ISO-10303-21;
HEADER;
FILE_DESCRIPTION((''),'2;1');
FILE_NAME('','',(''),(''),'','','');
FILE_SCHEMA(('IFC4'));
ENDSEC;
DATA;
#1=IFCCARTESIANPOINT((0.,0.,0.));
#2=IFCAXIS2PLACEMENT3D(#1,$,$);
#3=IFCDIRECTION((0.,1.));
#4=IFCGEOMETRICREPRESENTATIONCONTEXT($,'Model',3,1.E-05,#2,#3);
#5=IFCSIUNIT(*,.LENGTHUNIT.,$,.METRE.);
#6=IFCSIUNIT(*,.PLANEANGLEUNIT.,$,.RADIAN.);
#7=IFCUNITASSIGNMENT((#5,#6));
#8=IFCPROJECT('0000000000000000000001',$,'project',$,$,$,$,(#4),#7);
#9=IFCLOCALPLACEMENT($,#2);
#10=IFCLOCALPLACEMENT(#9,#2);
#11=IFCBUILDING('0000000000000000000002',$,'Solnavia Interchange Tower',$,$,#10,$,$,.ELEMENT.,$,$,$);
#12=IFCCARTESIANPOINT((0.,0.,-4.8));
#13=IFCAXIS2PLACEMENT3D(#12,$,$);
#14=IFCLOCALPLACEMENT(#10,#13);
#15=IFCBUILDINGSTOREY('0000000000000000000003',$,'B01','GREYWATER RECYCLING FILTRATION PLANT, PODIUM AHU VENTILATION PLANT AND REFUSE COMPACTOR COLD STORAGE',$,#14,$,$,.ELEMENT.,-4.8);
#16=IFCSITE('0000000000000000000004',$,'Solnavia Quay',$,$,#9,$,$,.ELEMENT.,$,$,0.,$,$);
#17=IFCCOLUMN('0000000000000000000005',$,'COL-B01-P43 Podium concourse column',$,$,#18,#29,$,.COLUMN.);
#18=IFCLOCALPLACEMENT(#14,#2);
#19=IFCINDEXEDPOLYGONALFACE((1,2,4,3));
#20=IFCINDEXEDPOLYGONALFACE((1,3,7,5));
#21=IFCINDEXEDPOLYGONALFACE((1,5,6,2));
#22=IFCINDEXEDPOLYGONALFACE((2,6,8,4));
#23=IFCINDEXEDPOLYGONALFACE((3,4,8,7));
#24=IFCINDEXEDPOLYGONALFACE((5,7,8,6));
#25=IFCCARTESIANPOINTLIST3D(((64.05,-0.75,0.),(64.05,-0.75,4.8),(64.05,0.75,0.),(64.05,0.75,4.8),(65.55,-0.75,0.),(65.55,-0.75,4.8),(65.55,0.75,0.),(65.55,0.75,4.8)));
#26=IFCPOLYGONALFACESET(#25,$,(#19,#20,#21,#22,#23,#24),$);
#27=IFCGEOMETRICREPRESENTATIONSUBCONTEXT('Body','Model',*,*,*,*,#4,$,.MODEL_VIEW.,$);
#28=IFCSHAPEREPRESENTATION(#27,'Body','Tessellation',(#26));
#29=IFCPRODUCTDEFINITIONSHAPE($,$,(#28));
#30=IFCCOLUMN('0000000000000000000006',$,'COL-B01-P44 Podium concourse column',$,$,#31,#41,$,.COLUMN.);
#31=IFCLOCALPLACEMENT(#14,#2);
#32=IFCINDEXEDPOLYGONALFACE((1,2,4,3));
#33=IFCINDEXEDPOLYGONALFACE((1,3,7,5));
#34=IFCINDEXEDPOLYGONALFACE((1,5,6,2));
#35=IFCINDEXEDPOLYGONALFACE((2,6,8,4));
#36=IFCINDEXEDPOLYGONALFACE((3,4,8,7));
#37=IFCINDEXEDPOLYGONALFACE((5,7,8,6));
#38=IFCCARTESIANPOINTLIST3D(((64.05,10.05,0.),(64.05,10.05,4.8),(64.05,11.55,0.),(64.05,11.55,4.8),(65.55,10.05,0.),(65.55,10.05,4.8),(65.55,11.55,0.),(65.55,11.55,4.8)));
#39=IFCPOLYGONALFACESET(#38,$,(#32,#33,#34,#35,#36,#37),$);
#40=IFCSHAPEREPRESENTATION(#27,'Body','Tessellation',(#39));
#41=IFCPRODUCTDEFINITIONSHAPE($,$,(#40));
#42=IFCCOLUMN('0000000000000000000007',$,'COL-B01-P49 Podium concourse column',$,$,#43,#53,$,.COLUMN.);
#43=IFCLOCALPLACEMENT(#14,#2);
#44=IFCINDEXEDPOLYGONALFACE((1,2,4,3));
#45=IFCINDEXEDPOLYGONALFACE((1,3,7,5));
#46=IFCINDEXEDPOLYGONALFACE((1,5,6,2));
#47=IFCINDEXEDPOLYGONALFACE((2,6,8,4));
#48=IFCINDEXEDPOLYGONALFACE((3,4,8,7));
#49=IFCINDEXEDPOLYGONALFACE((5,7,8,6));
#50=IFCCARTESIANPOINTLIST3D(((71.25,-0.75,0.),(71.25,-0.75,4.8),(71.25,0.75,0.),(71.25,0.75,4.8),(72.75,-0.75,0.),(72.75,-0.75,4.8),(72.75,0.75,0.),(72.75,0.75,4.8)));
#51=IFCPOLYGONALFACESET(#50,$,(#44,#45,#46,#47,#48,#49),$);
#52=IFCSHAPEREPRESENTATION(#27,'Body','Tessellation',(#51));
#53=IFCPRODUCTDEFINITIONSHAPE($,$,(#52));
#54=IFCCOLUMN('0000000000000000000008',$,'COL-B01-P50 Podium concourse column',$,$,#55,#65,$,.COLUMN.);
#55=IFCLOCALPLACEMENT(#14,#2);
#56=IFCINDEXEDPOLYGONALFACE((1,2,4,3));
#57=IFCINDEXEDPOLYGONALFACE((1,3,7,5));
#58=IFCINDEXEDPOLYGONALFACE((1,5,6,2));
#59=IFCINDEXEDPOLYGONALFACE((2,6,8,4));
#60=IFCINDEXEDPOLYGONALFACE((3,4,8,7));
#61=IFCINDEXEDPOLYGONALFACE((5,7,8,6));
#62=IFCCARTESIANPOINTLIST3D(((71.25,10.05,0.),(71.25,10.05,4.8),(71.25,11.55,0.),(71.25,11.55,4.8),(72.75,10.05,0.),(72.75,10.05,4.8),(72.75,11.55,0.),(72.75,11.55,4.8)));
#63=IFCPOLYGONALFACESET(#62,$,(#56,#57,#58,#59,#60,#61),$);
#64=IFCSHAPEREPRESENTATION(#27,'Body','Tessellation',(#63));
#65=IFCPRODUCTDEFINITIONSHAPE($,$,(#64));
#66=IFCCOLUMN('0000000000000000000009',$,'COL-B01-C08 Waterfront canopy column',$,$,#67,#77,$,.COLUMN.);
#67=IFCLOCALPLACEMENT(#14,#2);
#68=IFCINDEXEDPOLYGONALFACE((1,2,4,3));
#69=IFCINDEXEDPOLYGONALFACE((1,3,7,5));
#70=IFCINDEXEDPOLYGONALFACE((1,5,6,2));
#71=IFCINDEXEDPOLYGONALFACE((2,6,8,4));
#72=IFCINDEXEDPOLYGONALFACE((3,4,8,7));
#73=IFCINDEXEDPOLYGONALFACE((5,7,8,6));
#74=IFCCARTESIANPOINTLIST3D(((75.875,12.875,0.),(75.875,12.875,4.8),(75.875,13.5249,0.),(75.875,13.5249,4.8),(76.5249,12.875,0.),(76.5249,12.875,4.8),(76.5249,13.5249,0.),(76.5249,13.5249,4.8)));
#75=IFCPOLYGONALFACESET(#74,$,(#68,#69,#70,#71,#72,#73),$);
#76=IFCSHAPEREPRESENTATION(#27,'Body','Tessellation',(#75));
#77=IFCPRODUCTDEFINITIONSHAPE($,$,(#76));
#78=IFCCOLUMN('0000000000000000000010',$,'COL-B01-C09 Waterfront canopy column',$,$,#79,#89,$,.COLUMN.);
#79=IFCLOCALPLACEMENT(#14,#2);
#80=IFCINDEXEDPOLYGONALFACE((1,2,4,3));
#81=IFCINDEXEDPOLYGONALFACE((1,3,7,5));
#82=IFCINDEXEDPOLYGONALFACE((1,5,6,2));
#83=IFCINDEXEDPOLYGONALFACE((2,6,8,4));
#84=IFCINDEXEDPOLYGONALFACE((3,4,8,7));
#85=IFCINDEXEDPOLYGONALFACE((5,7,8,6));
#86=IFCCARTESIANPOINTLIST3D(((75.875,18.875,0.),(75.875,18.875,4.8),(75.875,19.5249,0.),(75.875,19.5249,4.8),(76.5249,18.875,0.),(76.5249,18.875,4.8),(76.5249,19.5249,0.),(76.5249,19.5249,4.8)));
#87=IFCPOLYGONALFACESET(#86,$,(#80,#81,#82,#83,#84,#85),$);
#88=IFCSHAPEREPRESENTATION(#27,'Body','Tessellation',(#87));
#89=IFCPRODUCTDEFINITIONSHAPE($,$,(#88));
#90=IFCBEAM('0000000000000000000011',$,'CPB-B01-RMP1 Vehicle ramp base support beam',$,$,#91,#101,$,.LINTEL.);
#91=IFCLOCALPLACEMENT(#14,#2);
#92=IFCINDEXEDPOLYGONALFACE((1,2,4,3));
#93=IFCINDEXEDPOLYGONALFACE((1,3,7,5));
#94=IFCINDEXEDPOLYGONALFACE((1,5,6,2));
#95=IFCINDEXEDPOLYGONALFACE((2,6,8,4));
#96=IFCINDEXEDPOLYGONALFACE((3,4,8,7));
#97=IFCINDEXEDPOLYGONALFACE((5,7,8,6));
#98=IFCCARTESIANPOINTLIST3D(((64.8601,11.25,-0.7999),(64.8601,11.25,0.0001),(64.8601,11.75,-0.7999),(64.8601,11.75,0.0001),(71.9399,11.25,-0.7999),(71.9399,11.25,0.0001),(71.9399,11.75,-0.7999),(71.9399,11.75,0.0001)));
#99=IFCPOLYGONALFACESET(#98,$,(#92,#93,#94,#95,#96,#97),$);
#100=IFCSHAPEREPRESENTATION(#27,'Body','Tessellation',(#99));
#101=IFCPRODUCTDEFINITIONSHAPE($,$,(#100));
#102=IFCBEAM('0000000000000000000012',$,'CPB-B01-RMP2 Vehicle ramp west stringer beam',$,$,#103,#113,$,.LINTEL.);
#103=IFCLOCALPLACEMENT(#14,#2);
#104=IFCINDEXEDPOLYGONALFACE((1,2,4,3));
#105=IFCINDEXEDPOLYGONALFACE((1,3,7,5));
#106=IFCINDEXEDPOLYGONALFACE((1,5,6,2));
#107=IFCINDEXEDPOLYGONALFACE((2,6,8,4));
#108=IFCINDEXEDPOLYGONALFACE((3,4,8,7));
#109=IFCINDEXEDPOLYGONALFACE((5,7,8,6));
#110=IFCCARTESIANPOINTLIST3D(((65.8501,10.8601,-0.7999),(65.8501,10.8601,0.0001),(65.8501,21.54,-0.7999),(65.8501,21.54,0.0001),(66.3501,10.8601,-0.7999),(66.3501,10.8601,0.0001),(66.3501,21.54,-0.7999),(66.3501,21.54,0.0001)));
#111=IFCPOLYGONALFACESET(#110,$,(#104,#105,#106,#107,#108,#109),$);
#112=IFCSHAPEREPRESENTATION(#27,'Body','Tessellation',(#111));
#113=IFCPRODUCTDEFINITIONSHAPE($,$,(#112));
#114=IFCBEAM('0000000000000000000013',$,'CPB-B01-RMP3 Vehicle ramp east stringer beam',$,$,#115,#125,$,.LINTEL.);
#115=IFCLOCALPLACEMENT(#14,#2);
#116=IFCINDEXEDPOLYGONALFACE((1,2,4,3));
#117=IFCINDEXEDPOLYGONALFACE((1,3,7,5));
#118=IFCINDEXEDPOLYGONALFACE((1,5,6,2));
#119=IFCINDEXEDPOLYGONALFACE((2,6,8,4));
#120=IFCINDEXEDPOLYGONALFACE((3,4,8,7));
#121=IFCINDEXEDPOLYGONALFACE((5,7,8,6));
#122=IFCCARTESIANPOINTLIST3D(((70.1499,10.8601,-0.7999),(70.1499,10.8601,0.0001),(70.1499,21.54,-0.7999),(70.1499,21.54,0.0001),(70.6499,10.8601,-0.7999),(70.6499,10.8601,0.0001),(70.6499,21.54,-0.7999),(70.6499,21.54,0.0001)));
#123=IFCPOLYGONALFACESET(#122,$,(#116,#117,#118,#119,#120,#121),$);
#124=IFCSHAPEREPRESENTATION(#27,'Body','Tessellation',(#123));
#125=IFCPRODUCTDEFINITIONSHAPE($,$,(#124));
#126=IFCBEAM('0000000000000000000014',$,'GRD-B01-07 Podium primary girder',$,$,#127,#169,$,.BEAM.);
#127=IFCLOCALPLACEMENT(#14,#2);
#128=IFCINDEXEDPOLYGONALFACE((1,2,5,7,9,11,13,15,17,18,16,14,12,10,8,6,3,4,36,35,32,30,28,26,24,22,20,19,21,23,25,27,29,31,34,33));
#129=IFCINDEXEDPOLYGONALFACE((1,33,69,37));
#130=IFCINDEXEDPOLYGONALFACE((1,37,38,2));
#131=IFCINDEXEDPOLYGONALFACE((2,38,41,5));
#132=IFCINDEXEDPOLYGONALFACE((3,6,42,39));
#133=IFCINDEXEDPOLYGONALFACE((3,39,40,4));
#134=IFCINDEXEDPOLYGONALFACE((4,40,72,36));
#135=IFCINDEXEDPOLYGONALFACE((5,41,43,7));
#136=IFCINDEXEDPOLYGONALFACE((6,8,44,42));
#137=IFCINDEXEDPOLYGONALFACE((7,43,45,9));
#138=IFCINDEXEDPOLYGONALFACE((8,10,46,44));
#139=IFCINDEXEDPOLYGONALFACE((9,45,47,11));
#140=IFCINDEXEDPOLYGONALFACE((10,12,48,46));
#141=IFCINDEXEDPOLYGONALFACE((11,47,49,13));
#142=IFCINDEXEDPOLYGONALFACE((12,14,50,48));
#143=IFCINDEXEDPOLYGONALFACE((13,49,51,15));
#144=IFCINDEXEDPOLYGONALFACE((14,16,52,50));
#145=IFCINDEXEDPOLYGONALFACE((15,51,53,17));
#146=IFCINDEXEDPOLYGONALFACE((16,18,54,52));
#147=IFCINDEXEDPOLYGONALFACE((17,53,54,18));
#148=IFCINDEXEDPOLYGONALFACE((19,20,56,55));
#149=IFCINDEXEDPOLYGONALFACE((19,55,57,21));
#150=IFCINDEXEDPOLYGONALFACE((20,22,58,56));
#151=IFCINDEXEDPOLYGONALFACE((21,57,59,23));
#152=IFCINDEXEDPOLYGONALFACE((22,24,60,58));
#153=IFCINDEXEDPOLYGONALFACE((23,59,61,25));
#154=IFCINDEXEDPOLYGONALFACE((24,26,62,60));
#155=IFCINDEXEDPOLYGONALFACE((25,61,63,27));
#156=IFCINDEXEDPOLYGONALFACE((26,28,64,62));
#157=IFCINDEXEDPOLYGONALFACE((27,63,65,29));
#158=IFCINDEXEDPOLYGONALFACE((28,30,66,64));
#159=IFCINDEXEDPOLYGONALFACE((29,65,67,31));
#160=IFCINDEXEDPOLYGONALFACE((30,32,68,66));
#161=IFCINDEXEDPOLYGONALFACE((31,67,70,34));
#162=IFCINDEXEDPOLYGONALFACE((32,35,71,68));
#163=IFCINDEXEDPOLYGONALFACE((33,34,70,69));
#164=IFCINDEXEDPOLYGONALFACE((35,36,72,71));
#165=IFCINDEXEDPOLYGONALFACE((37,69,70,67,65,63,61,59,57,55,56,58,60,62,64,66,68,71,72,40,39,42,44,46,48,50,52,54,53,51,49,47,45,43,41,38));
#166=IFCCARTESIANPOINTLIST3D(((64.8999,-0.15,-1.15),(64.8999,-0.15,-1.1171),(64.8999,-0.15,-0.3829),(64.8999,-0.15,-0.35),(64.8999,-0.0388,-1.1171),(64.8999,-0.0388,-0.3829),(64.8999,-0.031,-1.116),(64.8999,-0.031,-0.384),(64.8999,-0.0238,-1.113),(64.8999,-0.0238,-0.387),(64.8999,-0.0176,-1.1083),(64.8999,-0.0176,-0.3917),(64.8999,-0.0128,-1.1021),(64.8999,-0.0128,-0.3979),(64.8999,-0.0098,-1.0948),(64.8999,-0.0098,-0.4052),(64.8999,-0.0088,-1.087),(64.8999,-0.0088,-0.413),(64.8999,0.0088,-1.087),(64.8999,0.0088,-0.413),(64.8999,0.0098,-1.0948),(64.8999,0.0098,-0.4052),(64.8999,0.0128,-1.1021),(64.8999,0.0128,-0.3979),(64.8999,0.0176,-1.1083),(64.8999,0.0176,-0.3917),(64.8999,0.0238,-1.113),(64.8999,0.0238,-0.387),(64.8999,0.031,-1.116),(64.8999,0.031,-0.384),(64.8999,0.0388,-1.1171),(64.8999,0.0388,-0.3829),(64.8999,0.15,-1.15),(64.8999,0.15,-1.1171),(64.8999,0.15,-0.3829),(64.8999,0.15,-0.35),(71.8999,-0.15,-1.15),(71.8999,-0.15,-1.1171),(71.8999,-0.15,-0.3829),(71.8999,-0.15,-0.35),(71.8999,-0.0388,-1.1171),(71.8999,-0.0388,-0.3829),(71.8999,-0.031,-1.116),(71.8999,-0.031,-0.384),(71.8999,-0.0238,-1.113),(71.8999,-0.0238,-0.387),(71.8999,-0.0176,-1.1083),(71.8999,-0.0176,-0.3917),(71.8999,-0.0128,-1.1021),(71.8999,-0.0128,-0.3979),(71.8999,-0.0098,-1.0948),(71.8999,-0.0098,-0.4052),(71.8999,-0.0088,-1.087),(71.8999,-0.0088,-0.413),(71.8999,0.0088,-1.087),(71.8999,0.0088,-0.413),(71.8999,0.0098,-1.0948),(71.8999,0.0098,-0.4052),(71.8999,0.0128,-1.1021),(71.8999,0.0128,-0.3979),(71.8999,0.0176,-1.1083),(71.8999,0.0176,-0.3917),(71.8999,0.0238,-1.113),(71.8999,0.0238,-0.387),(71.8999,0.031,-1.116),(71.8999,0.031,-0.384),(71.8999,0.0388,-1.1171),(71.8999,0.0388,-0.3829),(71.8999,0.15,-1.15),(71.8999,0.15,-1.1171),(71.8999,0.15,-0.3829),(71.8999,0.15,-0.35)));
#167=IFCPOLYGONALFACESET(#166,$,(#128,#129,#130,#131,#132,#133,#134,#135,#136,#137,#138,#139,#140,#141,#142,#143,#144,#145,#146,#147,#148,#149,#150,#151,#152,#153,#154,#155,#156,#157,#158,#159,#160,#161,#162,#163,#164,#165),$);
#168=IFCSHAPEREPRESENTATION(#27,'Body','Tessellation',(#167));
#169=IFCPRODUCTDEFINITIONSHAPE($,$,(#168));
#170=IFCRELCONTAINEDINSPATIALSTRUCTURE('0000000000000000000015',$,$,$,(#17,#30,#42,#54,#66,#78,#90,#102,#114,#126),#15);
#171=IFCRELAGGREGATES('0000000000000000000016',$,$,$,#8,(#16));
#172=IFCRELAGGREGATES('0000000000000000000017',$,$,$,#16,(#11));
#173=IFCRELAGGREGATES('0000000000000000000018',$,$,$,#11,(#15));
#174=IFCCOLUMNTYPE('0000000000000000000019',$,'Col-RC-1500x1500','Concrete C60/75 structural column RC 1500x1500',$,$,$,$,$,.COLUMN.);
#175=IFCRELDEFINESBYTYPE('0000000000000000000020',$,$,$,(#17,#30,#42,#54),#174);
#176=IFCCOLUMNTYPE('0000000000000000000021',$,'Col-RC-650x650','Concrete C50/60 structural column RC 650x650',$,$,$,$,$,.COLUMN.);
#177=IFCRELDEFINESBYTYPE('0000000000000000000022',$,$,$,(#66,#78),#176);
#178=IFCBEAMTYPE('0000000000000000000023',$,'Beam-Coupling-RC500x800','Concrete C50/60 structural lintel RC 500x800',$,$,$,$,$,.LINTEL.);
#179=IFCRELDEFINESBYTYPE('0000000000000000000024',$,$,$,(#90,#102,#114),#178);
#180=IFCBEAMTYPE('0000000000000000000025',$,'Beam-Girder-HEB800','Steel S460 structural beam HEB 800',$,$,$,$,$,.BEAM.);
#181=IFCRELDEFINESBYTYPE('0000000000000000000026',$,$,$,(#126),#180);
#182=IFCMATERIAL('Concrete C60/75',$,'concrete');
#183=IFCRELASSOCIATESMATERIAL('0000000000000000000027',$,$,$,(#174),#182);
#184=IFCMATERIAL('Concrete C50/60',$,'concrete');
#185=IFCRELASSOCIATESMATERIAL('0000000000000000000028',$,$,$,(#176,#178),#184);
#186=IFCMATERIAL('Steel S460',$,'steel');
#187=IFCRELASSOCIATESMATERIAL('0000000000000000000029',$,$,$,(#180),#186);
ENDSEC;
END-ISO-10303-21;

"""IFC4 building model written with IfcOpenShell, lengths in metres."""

from ifc_helpers import new_model, si_unit, direction, frame, origin, origin_2d, place, context, subcontext, project, spatial, rectangle, i_section, extrude, material, material_profile, profile_set, type_object, element, save


model = new_model("IFC4")

# Units and contexts
model_context = context("Model", 3, precision=1e-05, world=origin(), true_north=direction((0.0, 1.0)))
body_context = subcontext(model_context, "Body", "Model", "MODEL_VIEW")
ifc_project = project(units=[si_unit("LENGTHUNIT", "METRE"), si_unit("PLANEANGLEUNIT", "RADIAN")], contexts=[model_context])

# Site, building, storey
site_placement = place(None, origin())
site = spatial("IfcSite", under=ifc_project, at=site_placement, Name="Solnavia Quay", CompositionType="ELEMENT", RefElevation=0.0)
building_placement = place(site_placement, origin())
building = spatial("IfcBuilding", under=site, at=building_placement, Name="Solnavia Interchange Tower", CompositionType="ELEMENT")
storey_placement = place(building_placement, frame((0.0, 0.0, -4.8)))
storey = spatial("IfcBuildingStorey", under=building, at=storey_placement, Name="B01", Description="GREYWATER RECYCLING FILTRATION PLANT, PODIUM AHU VENTILATION PLANT AND REFUSE COMPACTOR COLD STORAGE", CompositionType="ELEMENT", Elevation=-4.8)

# Columns
ifc_material_1 = material(Name="Concrete C60/75", Category="concrete")
ifc_material_profile_1 = material_profile(ifc_material_1, rectangle(XDim=1.5, YDim=1.5, at=origin_2d()), Name="RC 1500x1500")
ifc_profile_set_1 = profile_set([ifc_material_profile_1], Name="Concrete C60/75")
column_type_1 = type_object("IfcColumnType", Name="Col-RC-1500x1500", Description="Concrete C60/75 structural column RC 1500x1500", PredefinedType="COLUMN", material=ifc_profile_set_1)
for number, where, z_axis, x_axis, name in (
    (1, (64.8, 0.0, 0.0), (0.0, 0.0, 1.0), (1.0, 0.0, 0.0), "COL-B01-P43 Podium concourse column"),
    (2, (64.8, 10.8, 0.0), (0.0, 0.0, 1.0), (1.0, 0.0, 0.0), "COL-B01-P44 Podium concourse column"),
    (3, (72.0, 0.0, 0.0), (0.0, 0.0, 1.0), (1.0, 0.0, 0.0), "COL-B01-P49 Podium concourse column"),
    (4, (72.0, 10.8, 0.0), (0.0, 0.0, 1.0), (1.0, 0.0, 0.0), "COL-B01-P50 Podium concourse column"),
):
    element("IfcColumn", number, at=place(storey_placement, frame(where, z_axis=z_axis, x_axis=x_axis)), inside=storey, type_object=column_type_1, Name=name, PredefinedType="COLUMN", context=body_context, shape_type="SweptSolid", body=[
        extrude(rectangle(XDim=1.5, YDim=1.5, at=origin_2d()), origin(), (0.0, 0.0, 1.0), 4.8),
    ])
ifc_material_2 = material(Name="Concrete C50/60", Category="concrete")
ifc_material_profile_2 = material_profile(ifc_material_2, rectangle(XDim=0.6499, YDim=0.6499, at=origin_2d()), Name="RC 650x650")
ifc_profile_set_2 = profile_set([ifc_material_profile_2], Name="Concrete C50/60")
column_type_2 = type_object("IfcColumnType", Name="Col-RC-650x650", Description="Concrete C50/60 structural column RC 650x650", PredefinedType="COLUMN", material=ifc_profile_set_2)
for number, where, z_axis, x_axis, name in (
    (5, (76.2, 13.2, 0.0), (0.0, 0.0, 1.0), (1.0, 0.0, 0.0), "COL-B01-C08 Waterfront canopy column"),
    (6, (76.2, 19.2, 0.0), (0.0, 0.0, 1.0), (1.0, 0.0, 0.0), "COL-B01-C09 Waterfront canopy column"),
):
    element("IfcColumn", number, at=place(storey_placement, frame(where, z_axis=z_axis, x_axis=x_axis)), inside=storey, type_object=column_type_2, Name=name, PredefinedType="COLUMN", context=body_context, shape_type="SweptSolid", body=[
        extrude(rectangle(XDim=0.6499, YDim=0.6499, at=origin_2d()), origin(), (0.0, 0.0, 1.0), 4.8),
    ])

# Beams
ifc_material_profile_3 = material_profile(ifc_material_2, rectangle(XDim=0.5, YDim=0.8, at=origin_2d()), Name="RC 500x800")
ifc_profile_set_3 = profile_set([ifc_material_profile_3], Name="Concrete C50/60")
beam_type_1 = type_object("IfcBeamType", Name="Beam-Coupling-RC500x800", Description="Concrete C50/60 structural lintel RC 500x800", PredefinedType="LINTEL", material=ifc_profile_set_3)
beam_1_placement = place(storey_placement, frame((64.8601, 11.5, -0.3999), z_axis=(1.0, 0.0, 0.0), x_axis=(0.0, 1.0, 0.0)))
element("IfcBeam", 7, at=beam_1_placement, inside=storey, type_object=beam_type_1, Name="CPB-B01-RMP1 Vehicle ramp base support beam", PredefinedType="LINTEL", context=body_context, shape_type="SweptSolid", body=[
    extrude(rectangle(XDim=0.5, YDim=0.8, at=origin_2d()), origin(), (0.0, 0.0, 1.0), 7.0798),
])
for number, where, z_axis, x_axis, name in (
    (8, (66.1001, 10.8601, -0.3999), (0.0, 1.0, 0.0), (-1.0, 0.0, 0.0), "CPB-B01-RMP2 Vehicle ramp west stringer beam"),
    (9, (70.3999, 10.8601, -0.3999), (0.0, 1.0, 0.0), (-1.0, 0.0, 0.0), "CPB-B01-RMP3 Vehicle ramp east stringer beam"),
):
    element("IfcBeam", number, at=place(storey_placement, frame(where, z_axis=z_axis, x_axis=x_axis)), inside=storey, type_object=beam_type_1, Name=name, PredefinedType="LINTEL", context=body_context, shape_type="SweptSolid", body=[
        extrude(rectangle(XDim=0.5, YDim=0.8, at=origin_2d()), origin(), (0.0, 0.0, 1.0), 10.6799),
    ])
ifc_material_3 = material(Name="Steel S460", Category="steel")
ifc_material_profile_4 = material_profile(ifc_material_3, i_section(OverallWidth=0.3, OverallDepth=0.8, WebThickness=0.0176, FlangeThickness=0.033, FilletRadius=0.03, at=origin_2d()), Name="HEB 800")
ifc_profile_set_4 = profile_set([ifc_material_profile_4], Name="Steel S460")
beam_type_2 = type_object("IfcBeamType", Name="Beam-Girder-HEB800", Description="Steel S460 structural beam HEB 800", PredefinedType="BEAM", material=ifc_profile_set_4)
for number, where, z_axis, x_axis, name in (
    (10, (64.8999, 0.0, -0.75), (1.0, 0.0, 0.0), (0.0, 1.0, 0.0), "GRD-B01-07 Podium primary girder"),
):
    element("IfcBeam", number, at=place(storey_placement, frame(where, z_axis=z_axis, x_axis=x_axis)), inside=storey, type_object=beam_type_2, Name=name, PredefinedType="BEAM", context=body_context, shape_type="SweptSolid", body=[
        extrude(i_section(OverallWidth=0.3, OverallDepth=0.8, WebThickness=0.0176, FlangeThickness=0.033, FilletRadius=0.03, at=origin_2d()), origin(), (0.0, 0.0, 1.0), 7.0),
    ])

save(model, "model.ifc")
